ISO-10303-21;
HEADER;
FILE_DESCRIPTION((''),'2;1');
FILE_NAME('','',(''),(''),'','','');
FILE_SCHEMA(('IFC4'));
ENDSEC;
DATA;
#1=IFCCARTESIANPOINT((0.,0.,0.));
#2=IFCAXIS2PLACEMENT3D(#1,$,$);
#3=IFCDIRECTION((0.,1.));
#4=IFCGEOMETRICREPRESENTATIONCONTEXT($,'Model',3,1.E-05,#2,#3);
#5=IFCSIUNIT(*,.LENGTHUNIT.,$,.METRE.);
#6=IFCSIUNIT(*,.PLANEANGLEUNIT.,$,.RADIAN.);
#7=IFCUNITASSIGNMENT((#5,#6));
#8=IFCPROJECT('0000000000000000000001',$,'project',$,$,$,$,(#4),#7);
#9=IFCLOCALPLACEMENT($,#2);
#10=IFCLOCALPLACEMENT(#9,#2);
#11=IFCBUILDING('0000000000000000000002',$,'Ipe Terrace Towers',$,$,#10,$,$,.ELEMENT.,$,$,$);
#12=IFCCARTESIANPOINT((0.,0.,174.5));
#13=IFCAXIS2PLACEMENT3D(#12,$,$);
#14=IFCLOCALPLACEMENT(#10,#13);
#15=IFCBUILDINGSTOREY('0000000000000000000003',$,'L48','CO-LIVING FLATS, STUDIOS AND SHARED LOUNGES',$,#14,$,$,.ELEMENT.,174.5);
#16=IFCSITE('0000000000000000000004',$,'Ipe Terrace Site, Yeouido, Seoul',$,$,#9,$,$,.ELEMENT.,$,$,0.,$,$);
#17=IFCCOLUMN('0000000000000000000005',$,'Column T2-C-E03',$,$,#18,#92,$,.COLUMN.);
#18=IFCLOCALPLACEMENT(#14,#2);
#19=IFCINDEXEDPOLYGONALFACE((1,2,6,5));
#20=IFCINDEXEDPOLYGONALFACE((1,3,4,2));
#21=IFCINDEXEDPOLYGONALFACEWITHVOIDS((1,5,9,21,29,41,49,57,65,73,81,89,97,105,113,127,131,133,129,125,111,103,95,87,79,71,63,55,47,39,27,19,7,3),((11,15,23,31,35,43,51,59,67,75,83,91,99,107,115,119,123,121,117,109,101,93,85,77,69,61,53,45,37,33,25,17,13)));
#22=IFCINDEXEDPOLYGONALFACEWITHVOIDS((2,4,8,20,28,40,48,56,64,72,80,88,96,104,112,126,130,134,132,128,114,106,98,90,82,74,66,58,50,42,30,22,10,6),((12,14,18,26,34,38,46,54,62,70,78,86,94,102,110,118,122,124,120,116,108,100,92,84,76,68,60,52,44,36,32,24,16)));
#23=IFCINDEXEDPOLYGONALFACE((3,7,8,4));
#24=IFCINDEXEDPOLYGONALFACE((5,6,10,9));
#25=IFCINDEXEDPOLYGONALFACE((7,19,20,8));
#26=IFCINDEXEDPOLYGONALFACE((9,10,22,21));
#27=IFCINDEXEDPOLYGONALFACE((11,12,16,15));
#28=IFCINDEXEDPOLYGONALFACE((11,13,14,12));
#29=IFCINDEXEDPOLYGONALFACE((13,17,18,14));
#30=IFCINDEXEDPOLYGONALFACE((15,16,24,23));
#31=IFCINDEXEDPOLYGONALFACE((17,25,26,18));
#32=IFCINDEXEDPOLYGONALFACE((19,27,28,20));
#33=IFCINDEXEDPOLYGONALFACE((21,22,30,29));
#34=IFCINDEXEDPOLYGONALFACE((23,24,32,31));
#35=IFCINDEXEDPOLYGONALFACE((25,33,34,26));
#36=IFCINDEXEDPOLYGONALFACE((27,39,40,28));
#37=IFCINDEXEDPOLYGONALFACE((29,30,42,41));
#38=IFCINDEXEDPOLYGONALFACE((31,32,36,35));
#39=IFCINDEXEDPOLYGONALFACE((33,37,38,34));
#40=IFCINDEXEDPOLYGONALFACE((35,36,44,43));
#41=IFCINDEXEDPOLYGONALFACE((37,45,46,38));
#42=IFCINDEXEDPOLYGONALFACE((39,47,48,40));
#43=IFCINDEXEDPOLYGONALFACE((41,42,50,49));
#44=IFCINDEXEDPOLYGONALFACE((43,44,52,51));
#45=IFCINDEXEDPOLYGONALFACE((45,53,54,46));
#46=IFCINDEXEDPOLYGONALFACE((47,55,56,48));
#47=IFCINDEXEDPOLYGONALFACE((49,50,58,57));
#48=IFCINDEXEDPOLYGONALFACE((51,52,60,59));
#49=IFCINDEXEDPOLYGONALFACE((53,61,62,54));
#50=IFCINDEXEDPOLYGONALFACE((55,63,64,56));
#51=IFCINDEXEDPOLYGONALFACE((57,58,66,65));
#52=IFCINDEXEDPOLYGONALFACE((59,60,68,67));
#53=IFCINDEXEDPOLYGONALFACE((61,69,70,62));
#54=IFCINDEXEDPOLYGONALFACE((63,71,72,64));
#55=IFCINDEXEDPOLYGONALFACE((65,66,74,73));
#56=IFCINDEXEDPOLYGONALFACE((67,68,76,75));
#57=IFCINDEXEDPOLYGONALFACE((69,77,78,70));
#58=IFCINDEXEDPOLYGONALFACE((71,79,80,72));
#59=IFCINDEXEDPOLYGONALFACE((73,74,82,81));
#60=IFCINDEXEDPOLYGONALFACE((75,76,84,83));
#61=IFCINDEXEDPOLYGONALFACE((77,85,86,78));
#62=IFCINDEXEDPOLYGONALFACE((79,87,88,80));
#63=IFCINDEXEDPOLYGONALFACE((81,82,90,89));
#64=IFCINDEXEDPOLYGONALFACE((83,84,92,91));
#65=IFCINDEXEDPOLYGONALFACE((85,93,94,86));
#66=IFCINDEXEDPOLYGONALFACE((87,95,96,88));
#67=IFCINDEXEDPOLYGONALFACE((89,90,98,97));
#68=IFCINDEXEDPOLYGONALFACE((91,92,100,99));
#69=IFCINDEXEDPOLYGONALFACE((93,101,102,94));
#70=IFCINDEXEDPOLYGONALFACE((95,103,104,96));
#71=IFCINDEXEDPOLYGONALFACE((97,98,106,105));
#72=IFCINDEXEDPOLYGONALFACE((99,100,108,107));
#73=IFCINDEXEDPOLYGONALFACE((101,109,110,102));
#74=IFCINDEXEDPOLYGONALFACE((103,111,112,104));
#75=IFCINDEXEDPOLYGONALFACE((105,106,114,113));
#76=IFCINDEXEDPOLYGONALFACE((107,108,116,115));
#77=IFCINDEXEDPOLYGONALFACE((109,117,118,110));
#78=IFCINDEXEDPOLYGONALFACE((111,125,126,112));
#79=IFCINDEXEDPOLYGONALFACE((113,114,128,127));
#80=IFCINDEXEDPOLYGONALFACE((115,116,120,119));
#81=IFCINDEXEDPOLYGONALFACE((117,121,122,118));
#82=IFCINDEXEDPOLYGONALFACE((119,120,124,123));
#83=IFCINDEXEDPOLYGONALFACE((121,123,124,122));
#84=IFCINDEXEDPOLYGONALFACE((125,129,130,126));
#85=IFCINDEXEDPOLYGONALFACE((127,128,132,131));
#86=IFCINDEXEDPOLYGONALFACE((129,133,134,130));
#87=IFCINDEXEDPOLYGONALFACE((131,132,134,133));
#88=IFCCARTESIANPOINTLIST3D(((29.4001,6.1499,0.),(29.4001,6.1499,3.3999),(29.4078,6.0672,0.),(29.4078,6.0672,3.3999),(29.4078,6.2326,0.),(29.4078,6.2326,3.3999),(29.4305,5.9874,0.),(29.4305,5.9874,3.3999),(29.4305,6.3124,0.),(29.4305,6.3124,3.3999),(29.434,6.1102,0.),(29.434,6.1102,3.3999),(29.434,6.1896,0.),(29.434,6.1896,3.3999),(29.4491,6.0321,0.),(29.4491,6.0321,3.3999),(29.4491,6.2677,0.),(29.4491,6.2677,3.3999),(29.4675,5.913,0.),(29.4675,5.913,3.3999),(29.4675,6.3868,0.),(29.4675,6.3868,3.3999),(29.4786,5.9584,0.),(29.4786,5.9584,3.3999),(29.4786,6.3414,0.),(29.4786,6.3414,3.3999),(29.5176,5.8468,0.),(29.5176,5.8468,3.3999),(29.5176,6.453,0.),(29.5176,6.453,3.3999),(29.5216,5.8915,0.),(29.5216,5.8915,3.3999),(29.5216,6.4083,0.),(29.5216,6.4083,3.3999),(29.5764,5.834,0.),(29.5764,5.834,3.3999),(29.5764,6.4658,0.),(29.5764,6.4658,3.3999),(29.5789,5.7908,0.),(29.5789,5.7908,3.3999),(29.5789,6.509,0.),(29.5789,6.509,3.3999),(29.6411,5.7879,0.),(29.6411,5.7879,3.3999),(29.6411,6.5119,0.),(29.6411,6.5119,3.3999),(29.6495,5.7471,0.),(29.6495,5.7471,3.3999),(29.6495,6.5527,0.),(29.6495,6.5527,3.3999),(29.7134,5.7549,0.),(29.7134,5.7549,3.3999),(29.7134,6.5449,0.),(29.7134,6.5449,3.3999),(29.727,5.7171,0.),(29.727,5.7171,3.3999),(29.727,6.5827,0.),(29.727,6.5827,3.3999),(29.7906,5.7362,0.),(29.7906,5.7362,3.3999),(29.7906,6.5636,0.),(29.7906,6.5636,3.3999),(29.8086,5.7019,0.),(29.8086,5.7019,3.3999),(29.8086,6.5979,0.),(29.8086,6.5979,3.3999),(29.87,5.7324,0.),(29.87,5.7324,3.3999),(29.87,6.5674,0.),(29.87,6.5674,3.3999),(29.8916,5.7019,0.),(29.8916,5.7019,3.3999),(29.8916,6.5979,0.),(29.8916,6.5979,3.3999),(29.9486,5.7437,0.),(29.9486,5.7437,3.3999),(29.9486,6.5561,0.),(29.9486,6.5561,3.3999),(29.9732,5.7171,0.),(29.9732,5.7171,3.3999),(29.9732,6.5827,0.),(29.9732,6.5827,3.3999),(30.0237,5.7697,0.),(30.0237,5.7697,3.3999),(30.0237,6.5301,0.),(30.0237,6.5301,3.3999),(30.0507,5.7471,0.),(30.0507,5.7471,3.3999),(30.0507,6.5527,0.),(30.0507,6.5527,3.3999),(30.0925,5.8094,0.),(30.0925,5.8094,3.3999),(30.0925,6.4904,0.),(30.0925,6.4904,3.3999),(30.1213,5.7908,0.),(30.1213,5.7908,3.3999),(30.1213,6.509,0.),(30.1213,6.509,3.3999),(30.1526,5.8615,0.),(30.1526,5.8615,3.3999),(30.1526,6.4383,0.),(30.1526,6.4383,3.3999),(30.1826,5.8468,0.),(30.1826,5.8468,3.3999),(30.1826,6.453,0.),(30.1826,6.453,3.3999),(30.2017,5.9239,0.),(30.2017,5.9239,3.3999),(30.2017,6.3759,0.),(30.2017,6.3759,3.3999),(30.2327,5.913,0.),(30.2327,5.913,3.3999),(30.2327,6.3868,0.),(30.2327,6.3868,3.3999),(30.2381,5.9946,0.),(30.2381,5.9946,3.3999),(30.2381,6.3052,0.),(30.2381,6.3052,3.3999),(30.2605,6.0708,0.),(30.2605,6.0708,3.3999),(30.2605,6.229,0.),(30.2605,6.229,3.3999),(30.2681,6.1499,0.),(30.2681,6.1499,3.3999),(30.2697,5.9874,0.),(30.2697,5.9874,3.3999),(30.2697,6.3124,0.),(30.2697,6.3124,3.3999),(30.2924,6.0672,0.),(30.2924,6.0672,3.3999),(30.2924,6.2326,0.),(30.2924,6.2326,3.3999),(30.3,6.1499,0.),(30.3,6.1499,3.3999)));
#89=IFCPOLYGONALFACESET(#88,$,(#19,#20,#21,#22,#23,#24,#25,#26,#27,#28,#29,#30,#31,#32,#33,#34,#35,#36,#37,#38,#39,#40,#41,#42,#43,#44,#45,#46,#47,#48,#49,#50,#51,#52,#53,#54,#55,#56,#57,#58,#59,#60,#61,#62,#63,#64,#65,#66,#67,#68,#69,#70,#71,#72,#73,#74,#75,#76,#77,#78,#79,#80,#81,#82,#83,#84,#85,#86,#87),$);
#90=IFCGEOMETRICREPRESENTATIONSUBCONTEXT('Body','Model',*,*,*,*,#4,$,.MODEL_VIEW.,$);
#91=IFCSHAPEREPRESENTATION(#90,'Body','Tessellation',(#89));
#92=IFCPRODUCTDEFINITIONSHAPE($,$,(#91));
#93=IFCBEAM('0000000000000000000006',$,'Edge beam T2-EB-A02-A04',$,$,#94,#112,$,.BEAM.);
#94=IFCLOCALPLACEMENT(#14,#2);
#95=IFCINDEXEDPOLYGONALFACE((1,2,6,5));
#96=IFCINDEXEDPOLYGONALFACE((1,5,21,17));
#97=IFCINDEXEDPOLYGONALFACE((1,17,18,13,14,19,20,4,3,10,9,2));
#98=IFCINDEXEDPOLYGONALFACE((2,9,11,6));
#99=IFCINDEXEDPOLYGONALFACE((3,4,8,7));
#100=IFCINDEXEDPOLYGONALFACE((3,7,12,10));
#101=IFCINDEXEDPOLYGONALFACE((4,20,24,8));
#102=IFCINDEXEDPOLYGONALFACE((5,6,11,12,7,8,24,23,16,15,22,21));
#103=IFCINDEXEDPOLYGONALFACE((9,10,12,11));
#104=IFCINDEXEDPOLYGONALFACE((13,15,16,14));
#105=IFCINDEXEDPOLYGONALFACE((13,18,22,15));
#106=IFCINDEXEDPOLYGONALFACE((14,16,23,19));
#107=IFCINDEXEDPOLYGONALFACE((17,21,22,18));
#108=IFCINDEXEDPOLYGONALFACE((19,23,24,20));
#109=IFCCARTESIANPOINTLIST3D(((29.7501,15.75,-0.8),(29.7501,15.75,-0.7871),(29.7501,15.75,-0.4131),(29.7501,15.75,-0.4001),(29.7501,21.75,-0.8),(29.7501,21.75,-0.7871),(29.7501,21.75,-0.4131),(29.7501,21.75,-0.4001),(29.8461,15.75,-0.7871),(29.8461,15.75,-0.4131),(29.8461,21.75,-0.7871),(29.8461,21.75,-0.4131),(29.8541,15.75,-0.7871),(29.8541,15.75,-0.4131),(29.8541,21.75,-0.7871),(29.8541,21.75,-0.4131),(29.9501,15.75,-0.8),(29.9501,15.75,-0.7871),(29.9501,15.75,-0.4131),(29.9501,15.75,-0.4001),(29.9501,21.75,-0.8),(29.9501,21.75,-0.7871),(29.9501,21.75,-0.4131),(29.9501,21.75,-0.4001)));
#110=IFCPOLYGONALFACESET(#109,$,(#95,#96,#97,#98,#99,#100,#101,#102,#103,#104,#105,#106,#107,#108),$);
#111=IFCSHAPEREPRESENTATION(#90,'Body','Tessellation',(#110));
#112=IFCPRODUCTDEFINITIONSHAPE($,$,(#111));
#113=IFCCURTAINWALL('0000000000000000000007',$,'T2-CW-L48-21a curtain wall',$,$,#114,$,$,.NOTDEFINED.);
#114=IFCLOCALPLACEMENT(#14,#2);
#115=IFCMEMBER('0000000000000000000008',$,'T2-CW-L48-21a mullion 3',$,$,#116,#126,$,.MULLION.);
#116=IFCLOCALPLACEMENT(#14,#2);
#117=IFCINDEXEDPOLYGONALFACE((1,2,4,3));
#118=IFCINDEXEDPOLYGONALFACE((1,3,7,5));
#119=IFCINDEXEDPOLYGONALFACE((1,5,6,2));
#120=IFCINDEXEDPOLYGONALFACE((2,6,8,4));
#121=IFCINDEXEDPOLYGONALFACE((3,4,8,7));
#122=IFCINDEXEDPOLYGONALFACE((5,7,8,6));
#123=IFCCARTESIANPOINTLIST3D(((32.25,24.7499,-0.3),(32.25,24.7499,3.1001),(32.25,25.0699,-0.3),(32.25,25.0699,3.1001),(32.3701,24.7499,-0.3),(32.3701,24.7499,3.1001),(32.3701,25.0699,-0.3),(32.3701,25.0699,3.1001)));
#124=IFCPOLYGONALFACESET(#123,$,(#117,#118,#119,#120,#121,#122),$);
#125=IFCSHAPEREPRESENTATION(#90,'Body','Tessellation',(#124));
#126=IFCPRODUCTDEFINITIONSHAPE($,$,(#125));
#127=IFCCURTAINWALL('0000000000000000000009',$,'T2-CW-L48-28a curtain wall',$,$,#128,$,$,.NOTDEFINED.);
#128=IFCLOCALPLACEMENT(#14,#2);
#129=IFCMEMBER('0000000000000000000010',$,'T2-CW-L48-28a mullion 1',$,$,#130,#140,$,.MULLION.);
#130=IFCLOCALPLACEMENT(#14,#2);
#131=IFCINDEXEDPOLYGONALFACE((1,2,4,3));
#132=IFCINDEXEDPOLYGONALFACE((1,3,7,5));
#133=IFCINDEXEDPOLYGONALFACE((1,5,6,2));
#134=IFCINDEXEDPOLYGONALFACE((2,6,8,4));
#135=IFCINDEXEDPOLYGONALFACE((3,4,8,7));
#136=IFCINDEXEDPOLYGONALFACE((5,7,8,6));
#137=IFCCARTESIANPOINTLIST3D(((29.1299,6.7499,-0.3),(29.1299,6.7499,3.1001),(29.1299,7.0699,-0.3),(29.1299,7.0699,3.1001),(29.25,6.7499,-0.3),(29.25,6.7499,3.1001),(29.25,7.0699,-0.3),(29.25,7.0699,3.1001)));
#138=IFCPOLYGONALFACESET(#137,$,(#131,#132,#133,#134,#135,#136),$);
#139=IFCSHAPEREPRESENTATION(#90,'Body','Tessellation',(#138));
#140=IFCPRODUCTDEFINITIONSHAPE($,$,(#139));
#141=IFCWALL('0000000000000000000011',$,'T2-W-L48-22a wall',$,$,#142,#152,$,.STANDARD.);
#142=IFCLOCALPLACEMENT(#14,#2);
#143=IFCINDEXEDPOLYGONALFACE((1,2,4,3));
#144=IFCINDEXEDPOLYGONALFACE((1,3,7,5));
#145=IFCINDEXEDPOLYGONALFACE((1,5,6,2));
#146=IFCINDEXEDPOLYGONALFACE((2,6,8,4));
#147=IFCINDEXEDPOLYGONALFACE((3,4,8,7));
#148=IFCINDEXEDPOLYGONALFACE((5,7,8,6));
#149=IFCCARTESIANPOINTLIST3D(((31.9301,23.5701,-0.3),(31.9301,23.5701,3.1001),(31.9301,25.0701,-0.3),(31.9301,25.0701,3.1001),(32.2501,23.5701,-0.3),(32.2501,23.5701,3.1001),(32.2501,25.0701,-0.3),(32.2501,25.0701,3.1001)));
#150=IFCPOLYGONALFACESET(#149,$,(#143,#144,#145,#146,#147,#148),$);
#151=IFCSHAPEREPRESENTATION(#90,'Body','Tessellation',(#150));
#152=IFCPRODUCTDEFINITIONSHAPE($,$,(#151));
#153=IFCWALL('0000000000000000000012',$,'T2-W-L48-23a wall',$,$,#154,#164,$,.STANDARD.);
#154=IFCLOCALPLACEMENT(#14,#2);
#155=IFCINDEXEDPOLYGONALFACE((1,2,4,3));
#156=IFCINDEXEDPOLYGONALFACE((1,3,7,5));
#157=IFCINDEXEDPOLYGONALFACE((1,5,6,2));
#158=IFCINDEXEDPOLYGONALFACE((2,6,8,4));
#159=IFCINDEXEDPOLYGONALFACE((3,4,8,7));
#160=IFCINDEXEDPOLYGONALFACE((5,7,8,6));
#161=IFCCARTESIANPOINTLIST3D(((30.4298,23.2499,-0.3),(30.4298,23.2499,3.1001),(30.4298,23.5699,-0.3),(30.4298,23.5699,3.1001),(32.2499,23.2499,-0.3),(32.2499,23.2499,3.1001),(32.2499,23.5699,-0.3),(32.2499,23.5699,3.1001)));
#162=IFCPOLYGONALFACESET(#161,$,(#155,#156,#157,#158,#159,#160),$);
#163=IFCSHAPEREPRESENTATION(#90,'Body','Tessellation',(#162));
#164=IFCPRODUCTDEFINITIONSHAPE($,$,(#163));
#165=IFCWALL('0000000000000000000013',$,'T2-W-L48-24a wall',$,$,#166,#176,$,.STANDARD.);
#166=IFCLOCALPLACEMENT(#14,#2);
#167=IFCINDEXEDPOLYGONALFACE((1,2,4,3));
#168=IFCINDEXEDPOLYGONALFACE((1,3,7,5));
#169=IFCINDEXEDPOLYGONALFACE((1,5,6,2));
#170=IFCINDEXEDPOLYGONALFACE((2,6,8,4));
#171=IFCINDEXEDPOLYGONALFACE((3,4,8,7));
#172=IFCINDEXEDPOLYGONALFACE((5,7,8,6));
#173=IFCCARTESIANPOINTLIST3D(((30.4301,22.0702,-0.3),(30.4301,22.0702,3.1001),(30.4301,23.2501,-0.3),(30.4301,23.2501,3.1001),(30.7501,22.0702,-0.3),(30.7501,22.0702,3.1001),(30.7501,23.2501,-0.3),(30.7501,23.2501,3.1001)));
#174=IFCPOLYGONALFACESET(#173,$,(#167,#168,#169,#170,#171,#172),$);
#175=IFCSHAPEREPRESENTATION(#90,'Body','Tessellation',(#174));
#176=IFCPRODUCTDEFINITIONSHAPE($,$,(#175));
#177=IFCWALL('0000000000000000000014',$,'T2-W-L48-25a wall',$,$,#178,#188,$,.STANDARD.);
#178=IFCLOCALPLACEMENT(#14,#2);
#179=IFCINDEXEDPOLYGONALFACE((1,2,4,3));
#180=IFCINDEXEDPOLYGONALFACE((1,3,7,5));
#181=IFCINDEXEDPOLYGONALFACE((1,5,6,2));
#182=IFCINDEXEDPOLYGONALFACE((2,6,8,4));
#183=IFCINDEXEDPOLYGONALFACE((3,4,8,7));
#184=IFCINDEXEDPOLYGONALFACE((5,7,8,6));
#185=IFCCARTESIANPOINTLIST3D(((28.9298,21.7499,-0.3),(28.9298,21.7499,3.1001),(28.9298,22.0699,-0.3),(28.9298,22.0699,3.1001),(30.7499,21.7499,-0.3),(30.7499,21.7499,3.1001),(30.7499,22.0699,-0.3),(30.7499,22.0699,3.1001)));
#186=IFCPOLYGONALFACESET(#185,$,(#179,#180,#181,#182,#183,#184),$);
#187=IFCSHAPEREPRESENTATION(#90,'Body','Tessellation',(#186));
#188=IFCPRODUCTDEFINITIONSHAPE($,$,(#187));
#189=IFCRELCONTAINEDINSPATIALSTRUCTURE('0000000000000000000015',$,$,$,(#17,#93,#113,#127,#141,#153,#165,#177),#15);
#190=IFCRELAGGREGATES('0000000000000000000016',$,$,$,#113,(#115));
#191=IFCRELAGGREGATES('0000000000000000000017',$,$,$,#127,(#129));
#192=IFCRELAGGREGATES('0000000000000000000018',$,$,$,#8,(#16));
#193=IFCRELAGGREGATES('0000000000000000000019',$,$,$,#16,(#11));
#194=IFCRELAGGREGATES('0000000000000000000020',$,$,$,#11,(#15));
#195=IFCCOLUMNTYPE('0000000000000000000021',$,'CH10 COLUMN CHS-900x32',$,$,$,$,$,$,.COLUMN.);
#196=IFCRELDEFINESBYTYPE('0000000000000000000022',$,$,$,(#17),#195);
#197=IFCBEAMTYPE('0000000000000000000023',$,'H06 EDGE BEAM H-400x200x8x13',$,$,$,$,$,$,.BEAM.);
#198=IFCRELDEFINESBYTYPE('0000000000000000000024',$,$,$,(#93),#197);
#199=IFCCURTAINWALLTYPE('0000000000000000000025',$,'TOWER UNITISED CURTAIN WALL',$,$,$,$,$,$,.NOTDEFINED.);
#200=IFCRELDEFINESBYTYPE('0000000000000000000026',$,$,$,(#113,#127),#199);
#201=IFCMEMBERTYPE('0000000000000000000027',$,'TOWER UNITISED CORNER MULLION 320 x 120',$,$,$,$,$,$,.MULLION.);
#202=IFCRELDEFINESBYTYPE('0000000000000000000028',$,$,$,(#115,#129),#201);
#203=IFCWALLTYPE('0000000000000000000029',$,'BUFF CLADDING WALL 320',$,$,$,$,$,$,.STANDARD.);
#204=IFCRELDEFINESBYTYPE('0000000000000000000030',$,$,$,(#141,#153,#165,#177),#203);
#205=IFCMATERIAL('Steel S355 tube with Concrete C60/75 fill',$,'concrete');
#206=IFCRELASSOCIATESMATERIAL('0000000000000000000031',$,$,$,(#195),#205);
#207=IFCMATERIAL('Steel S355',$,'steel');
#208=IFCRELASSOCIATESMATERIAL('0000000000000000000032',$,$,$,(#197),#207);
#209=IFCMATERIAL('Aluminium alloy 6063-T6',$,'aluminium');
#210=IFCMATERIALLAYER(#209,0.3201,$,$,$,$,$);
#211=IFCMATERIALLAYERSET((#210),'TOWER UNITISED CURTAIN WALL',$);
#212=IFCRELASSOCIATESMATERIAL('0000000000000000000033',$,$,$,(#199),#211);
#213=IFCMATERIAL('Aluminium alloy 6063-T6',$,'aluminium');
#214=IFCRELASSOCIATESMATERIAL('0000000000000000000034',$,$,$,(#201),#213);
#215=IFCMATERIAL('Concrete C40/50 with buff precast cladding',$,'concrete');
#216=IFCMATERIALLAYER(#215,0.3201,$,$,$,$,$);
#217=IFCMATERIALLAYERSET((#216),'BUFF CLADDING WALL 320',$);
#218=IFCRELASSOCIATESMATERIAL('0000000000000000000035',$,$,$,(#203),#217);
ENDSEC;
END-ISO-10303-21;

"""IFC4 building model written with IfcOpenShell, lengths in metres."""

from ifc_helpers import new_model, si_unit, direction, frame, frame_2d, origin, origin_2d, place, context, subcontext, project, spatial, rectangle, hollow_circle, i_section, extrude, material, layer, layer_set, material_profile, profile_set, type_object, element, aggregate, save


model = new_model("IFC4")

# Units and contexts
model_context = context("Model", 3, precision=1e-05, world=origin(), true_north=direction((0.0, 1.0)))
body_context = subcontext(model_context, "Body", "Model", "MODEL_VIEW")
ifc_project = project(units=[si_unit("LENGTHUNIT", "METRE"), si_unit("PLANEANGLEUNIT", "RADIAN")], contexts=[model_context])

# Site, building, storey
site_placement = place(None, origin())
site = spatial("IfcSite", under=ifc_project, at=site_placement, Name="Ipe Terrace Site, Yeouido, Seoul", CompositionType="ELEMENT", RefElevation=0.0)
building_placement = place(site_placement, origin())
building = spatial("IfcBuilding", under=site, at=building_placement, Name="Ipe Terrace Towers", CompositionType="ELEMENT")
storey_placement = place(building_placement, frame((0.0, 0.0, 174.5)))
storey = spatial("IfcBuildingStorey", under=building, at=storey_placement, Name="L48", Description="CO-LIVING FLATS, STUDIOS AND SHARED LOUNGES", CompositionType="ELEMENT", Elevation=174.5)

# Column
ifc_material_1 = material(Name="Steel S355 tube with Concrete C60/75 fill", Category="concrete")
ifc_material_profile_1 = material_profile(ifc_material_1, hollow_circle(Radius=0.45, WallThickness=0.032, at=origin_2d()), Name="CHS-900x32")
ifc_profile_set_1 = profile_set([ifc_material_profile_1], Name="Steel S355 tube with Concrete C60/75 fill")
column_type_1 = type_object("IfcColumnType", Name="CH10 COLUMN CHS-900x32", PredefinedType="COLUMN", material=ifc_profile_set_1)
column_placement = place(storey_placement, frame((29.8501, 6.1499, 0.0), z_axis=(0.0, 0.0, 1.0), x_axis=(1.0, 0.0, 0.0)))
element("IfcColumn", 1, at=column_placement, inside=storey, type_object=column_type_1, Name="Column T2-C-E03", PredefinedType="COLUMN", context=body_context, shape_type="SweptSolid", body=[
    extrude(hollow_circle(Radius=0.45, WallThickness=0.032, at=origin_2d()), origin(), (0.0, 0.0, 1.0), 3.3999),
])

# Beam
ifc_material_2 = material(Name="Steel S355", Category="steel")
ifc_material_profile_2 = material_profile(ifc_material_2, i_section(OverallWidth=0.2, OverallDepth=0.3999, WebThickness=0.0081, FlangeThickness=0.0129, at=origin_2d()), Name="H-400x200x8x13")
ifc_profile_set_2 = profile_set([ifc_material_profile_2], Name="Steel S355")
beam_type = type_object("IfcBeamType", Name="H06 EDGE BEAM H-400x200x8x13", PredefinedType="BEAM", material=ifc_profile_set_2)
beam_placement = place(storey_placement, frame((29.8501, 15.75, -0.6001), z_axis=(0.0, 1.0, 0.0), x_axis=(-1.0, 0.0, 0.0)))
element("IfcBeam", 2, at=beam_placement, inside=storey, type_object=beam_type, Name="Edge beam T2-EB-A02-A04", PredefinedType="BEAM", context=body_context, shape_type="SweptSolid", body=[
    extrude(i_section(OverallWidth=0.2, OverallDepth=0.3999, WebThickness=0.0081, FlangeThickness=0.0129, at=origin_2d()), origin(), (0.0, 0.0, 1.0), 6.0),
])

# Curtain walls, members
ifc_material_3 = material(Name="Aluminium alloy 6063-T6", Category="aluminium")
ifc_layer_1 = layer(ifc_material_3, 0.3201)
ifc_layer_set_1 = layer_set([ifc_layer_1], Name="TOWER UNITISED CURTAIN WALL")
curtain_wall_type = type_object("IfcCurtainWallType", Name="TOWER UNITISED CURTAIN WALL", PredefinedType="NOTDEFINED", material=ifc_layer_set_1)
curtain_wall_1_placement = place(storey_placement, origin())
curtain_wall_1 = element("IfcCurtainWall", 3, at=curtain_wall_1_placement, inside=storey, type_object=curtain_wall_type, Name="T2-CW-L48-21a curtain wall", PredefinedType="NOTDEFINED")
ifc_material_4 = material(Name="Aluminium alloy 6063-T6", Category="aluminium")
ifc_material_profile_3 = material_profile(ifc_material_4, rectangle(XDim=0.3201, YDim=0.1201, at=origin_2d()), Name="TOWER UNITISED CORNER MULLION 320 x 120")
ifc_profile_set_3 = profile_set([ifc_material_profile_3], Name="Aluminium alloy 6063-T6")
member_type = type_object("IfcMemberType", Name="TOWER UNITISED CORNER MULLION 320 x 120", PredefinedType="MULLION", material=ifc_profile_set_3)
member_1_placement = place(storey_placement, frame((32.3101, 24.9099, -0.3), z_axis=(0.0, 0.0, 1.0), x_axis=(0.0, 1.0, 0.0)))
member_1 = element("IfcMember", 4, at=member_1_placement, type_object=member_type, Name="T2-CW-L48-21a mullion 3", PredefinedType="MULLION", context=body_context, shape_type="SweptSolid", body=[
    extrude(rectangle(XDim=0.3201, YDim=0.1201, at=origin_2d()), origin(), (0.0, 0.0, 1.0), 3.4001),
])
aggregate(curtain_wall_1, [member_1])
curtain_wall_2_placement = place(storey_placement, origin())
curtain_wall_2 = element("IfcCurtainWall", 5, at=curtain_wall_2_placement, inside=storey, type_object=curtain_wall_type, Name="T2-CW-L48-28a curtain wall", PredefinedType="NOTDEFINED")
member_2_placement = place(storey_placement, frame((29.1899, 6.9099, -0.3), z_axis=(0.0, 0.0, 1.0), x_axis=(0.0, 1.0, 0.0)))
member_2 = element("IfcMember", 6, at=member_2_placement, type_object=member_type, Name="T2-CW-L48-28a mullion 1", PredefinedType="MULLION", context=body_context, shape_type="SweptSolid", body=[
    extrude(rectangle(XDim=0.3201, YDim=0.1201, at=origin_2d()), origin(), (0.0, 0.0, 1.0), 3.4001),
])
aggregate(curtain_wall_2, [member_2])

# Walls
ifc_material_5 = material(Name="Concrete C40/50 with buff precast cladding", Category="concrete")
ifc_layer_2 = layer(ifc_material_5, 0.3201)
ifc_layer_set_2 = layer_set([ifc_layer_2], Name="BUFF CLADDING WALL 320")
wall_type_1 = type_object("IfcWallType", Name="BUFF CLADDING WALL 320", PredefinedType="STANDARD", material=ifc_layer_set_2)
wall_1_placement = place(storey_placement, frame((32.0901, 25.0701, -0.3), z_axis=(0.0, 0.0, 1.0), x_axis=(0.0, -1.0, 0.0)))
element("IfcWall", 7, at=wall_1_placement, inside=storey, type_object=wall_type_1, Name="T2-W-L48-22a wall", PredefinedType="STANDARD", context=body_context, shape_type="SweptSolid", body=[
    extrude(rectangle(XDim=1.5, YDim=0.3201, at=frame_2d((0.75, 0.0))), origin(), (0.0, 0.0, 1.0), 3.4001),
])
wall_2_placement = place(storey_placement, frame((32.25, 23.4099, -0.3), z_axis=(0.0, 0.0, 1.0), x_axis=(-1.0, 0.0, 0.0)))
element("IfcWall", 8, at=wall_2_placement, inside=storey, type_object=wall_type_1, Name="T2-W-L48-23a wall", PredefinedType="STANDARD", context=body_context, shape_type="SweptSolid", body=[
    extrude(rectangle(XDim=1.8201, YDim=0.3201, at=frame_2d((0.9102, 0.0))), origin(), (0.0, 0.0, 1.0), 3.4001),
])
wall_3_placement = place(storey_placement, frame((30.5901, 23.25, -0.3), z_axis=(0.0, 0.0, 1.0), x_axis=(0.0, -1.0, 0.0)))
element("IfcWall", 9, at=wall_3_placement, inside=storey, type_object=wall_type_1, Name="T2-W-L48-24a wall", PredefinedType="STANDARD", context=body_context, shape_type="SweptSolid", body=[
    extrude(rectangle(XDim=1.1799, YDim=0.3201, at=frame_2d((0.5898, 0.0))), origin(), (0.0, 0.0, 1.0), 3.4001),
])
wall_4_placement = place(storey_placement, frame((30.75, 21.9099, -0.3), z_axis=(0.0, 0.0, 1.0), x_axis=(-1.0, 0.0, 0.0)))
element("IfcWall", 10, at=wall_4_placement, inside=storey, type_object=wall_type_1, Name="T2-W-L48-25a wall", PredefinedType="STANDARD", context=body_context, shape_type="SweptSolid", body=[
    extrude(rectangle(XDim=1.8201, YDim=0.3201, at=frame_2d((0.9102, 0.0))), origin(), (0.0, 0.0, 1.0), 3.4001),
])

save(model, "model.ifc")
